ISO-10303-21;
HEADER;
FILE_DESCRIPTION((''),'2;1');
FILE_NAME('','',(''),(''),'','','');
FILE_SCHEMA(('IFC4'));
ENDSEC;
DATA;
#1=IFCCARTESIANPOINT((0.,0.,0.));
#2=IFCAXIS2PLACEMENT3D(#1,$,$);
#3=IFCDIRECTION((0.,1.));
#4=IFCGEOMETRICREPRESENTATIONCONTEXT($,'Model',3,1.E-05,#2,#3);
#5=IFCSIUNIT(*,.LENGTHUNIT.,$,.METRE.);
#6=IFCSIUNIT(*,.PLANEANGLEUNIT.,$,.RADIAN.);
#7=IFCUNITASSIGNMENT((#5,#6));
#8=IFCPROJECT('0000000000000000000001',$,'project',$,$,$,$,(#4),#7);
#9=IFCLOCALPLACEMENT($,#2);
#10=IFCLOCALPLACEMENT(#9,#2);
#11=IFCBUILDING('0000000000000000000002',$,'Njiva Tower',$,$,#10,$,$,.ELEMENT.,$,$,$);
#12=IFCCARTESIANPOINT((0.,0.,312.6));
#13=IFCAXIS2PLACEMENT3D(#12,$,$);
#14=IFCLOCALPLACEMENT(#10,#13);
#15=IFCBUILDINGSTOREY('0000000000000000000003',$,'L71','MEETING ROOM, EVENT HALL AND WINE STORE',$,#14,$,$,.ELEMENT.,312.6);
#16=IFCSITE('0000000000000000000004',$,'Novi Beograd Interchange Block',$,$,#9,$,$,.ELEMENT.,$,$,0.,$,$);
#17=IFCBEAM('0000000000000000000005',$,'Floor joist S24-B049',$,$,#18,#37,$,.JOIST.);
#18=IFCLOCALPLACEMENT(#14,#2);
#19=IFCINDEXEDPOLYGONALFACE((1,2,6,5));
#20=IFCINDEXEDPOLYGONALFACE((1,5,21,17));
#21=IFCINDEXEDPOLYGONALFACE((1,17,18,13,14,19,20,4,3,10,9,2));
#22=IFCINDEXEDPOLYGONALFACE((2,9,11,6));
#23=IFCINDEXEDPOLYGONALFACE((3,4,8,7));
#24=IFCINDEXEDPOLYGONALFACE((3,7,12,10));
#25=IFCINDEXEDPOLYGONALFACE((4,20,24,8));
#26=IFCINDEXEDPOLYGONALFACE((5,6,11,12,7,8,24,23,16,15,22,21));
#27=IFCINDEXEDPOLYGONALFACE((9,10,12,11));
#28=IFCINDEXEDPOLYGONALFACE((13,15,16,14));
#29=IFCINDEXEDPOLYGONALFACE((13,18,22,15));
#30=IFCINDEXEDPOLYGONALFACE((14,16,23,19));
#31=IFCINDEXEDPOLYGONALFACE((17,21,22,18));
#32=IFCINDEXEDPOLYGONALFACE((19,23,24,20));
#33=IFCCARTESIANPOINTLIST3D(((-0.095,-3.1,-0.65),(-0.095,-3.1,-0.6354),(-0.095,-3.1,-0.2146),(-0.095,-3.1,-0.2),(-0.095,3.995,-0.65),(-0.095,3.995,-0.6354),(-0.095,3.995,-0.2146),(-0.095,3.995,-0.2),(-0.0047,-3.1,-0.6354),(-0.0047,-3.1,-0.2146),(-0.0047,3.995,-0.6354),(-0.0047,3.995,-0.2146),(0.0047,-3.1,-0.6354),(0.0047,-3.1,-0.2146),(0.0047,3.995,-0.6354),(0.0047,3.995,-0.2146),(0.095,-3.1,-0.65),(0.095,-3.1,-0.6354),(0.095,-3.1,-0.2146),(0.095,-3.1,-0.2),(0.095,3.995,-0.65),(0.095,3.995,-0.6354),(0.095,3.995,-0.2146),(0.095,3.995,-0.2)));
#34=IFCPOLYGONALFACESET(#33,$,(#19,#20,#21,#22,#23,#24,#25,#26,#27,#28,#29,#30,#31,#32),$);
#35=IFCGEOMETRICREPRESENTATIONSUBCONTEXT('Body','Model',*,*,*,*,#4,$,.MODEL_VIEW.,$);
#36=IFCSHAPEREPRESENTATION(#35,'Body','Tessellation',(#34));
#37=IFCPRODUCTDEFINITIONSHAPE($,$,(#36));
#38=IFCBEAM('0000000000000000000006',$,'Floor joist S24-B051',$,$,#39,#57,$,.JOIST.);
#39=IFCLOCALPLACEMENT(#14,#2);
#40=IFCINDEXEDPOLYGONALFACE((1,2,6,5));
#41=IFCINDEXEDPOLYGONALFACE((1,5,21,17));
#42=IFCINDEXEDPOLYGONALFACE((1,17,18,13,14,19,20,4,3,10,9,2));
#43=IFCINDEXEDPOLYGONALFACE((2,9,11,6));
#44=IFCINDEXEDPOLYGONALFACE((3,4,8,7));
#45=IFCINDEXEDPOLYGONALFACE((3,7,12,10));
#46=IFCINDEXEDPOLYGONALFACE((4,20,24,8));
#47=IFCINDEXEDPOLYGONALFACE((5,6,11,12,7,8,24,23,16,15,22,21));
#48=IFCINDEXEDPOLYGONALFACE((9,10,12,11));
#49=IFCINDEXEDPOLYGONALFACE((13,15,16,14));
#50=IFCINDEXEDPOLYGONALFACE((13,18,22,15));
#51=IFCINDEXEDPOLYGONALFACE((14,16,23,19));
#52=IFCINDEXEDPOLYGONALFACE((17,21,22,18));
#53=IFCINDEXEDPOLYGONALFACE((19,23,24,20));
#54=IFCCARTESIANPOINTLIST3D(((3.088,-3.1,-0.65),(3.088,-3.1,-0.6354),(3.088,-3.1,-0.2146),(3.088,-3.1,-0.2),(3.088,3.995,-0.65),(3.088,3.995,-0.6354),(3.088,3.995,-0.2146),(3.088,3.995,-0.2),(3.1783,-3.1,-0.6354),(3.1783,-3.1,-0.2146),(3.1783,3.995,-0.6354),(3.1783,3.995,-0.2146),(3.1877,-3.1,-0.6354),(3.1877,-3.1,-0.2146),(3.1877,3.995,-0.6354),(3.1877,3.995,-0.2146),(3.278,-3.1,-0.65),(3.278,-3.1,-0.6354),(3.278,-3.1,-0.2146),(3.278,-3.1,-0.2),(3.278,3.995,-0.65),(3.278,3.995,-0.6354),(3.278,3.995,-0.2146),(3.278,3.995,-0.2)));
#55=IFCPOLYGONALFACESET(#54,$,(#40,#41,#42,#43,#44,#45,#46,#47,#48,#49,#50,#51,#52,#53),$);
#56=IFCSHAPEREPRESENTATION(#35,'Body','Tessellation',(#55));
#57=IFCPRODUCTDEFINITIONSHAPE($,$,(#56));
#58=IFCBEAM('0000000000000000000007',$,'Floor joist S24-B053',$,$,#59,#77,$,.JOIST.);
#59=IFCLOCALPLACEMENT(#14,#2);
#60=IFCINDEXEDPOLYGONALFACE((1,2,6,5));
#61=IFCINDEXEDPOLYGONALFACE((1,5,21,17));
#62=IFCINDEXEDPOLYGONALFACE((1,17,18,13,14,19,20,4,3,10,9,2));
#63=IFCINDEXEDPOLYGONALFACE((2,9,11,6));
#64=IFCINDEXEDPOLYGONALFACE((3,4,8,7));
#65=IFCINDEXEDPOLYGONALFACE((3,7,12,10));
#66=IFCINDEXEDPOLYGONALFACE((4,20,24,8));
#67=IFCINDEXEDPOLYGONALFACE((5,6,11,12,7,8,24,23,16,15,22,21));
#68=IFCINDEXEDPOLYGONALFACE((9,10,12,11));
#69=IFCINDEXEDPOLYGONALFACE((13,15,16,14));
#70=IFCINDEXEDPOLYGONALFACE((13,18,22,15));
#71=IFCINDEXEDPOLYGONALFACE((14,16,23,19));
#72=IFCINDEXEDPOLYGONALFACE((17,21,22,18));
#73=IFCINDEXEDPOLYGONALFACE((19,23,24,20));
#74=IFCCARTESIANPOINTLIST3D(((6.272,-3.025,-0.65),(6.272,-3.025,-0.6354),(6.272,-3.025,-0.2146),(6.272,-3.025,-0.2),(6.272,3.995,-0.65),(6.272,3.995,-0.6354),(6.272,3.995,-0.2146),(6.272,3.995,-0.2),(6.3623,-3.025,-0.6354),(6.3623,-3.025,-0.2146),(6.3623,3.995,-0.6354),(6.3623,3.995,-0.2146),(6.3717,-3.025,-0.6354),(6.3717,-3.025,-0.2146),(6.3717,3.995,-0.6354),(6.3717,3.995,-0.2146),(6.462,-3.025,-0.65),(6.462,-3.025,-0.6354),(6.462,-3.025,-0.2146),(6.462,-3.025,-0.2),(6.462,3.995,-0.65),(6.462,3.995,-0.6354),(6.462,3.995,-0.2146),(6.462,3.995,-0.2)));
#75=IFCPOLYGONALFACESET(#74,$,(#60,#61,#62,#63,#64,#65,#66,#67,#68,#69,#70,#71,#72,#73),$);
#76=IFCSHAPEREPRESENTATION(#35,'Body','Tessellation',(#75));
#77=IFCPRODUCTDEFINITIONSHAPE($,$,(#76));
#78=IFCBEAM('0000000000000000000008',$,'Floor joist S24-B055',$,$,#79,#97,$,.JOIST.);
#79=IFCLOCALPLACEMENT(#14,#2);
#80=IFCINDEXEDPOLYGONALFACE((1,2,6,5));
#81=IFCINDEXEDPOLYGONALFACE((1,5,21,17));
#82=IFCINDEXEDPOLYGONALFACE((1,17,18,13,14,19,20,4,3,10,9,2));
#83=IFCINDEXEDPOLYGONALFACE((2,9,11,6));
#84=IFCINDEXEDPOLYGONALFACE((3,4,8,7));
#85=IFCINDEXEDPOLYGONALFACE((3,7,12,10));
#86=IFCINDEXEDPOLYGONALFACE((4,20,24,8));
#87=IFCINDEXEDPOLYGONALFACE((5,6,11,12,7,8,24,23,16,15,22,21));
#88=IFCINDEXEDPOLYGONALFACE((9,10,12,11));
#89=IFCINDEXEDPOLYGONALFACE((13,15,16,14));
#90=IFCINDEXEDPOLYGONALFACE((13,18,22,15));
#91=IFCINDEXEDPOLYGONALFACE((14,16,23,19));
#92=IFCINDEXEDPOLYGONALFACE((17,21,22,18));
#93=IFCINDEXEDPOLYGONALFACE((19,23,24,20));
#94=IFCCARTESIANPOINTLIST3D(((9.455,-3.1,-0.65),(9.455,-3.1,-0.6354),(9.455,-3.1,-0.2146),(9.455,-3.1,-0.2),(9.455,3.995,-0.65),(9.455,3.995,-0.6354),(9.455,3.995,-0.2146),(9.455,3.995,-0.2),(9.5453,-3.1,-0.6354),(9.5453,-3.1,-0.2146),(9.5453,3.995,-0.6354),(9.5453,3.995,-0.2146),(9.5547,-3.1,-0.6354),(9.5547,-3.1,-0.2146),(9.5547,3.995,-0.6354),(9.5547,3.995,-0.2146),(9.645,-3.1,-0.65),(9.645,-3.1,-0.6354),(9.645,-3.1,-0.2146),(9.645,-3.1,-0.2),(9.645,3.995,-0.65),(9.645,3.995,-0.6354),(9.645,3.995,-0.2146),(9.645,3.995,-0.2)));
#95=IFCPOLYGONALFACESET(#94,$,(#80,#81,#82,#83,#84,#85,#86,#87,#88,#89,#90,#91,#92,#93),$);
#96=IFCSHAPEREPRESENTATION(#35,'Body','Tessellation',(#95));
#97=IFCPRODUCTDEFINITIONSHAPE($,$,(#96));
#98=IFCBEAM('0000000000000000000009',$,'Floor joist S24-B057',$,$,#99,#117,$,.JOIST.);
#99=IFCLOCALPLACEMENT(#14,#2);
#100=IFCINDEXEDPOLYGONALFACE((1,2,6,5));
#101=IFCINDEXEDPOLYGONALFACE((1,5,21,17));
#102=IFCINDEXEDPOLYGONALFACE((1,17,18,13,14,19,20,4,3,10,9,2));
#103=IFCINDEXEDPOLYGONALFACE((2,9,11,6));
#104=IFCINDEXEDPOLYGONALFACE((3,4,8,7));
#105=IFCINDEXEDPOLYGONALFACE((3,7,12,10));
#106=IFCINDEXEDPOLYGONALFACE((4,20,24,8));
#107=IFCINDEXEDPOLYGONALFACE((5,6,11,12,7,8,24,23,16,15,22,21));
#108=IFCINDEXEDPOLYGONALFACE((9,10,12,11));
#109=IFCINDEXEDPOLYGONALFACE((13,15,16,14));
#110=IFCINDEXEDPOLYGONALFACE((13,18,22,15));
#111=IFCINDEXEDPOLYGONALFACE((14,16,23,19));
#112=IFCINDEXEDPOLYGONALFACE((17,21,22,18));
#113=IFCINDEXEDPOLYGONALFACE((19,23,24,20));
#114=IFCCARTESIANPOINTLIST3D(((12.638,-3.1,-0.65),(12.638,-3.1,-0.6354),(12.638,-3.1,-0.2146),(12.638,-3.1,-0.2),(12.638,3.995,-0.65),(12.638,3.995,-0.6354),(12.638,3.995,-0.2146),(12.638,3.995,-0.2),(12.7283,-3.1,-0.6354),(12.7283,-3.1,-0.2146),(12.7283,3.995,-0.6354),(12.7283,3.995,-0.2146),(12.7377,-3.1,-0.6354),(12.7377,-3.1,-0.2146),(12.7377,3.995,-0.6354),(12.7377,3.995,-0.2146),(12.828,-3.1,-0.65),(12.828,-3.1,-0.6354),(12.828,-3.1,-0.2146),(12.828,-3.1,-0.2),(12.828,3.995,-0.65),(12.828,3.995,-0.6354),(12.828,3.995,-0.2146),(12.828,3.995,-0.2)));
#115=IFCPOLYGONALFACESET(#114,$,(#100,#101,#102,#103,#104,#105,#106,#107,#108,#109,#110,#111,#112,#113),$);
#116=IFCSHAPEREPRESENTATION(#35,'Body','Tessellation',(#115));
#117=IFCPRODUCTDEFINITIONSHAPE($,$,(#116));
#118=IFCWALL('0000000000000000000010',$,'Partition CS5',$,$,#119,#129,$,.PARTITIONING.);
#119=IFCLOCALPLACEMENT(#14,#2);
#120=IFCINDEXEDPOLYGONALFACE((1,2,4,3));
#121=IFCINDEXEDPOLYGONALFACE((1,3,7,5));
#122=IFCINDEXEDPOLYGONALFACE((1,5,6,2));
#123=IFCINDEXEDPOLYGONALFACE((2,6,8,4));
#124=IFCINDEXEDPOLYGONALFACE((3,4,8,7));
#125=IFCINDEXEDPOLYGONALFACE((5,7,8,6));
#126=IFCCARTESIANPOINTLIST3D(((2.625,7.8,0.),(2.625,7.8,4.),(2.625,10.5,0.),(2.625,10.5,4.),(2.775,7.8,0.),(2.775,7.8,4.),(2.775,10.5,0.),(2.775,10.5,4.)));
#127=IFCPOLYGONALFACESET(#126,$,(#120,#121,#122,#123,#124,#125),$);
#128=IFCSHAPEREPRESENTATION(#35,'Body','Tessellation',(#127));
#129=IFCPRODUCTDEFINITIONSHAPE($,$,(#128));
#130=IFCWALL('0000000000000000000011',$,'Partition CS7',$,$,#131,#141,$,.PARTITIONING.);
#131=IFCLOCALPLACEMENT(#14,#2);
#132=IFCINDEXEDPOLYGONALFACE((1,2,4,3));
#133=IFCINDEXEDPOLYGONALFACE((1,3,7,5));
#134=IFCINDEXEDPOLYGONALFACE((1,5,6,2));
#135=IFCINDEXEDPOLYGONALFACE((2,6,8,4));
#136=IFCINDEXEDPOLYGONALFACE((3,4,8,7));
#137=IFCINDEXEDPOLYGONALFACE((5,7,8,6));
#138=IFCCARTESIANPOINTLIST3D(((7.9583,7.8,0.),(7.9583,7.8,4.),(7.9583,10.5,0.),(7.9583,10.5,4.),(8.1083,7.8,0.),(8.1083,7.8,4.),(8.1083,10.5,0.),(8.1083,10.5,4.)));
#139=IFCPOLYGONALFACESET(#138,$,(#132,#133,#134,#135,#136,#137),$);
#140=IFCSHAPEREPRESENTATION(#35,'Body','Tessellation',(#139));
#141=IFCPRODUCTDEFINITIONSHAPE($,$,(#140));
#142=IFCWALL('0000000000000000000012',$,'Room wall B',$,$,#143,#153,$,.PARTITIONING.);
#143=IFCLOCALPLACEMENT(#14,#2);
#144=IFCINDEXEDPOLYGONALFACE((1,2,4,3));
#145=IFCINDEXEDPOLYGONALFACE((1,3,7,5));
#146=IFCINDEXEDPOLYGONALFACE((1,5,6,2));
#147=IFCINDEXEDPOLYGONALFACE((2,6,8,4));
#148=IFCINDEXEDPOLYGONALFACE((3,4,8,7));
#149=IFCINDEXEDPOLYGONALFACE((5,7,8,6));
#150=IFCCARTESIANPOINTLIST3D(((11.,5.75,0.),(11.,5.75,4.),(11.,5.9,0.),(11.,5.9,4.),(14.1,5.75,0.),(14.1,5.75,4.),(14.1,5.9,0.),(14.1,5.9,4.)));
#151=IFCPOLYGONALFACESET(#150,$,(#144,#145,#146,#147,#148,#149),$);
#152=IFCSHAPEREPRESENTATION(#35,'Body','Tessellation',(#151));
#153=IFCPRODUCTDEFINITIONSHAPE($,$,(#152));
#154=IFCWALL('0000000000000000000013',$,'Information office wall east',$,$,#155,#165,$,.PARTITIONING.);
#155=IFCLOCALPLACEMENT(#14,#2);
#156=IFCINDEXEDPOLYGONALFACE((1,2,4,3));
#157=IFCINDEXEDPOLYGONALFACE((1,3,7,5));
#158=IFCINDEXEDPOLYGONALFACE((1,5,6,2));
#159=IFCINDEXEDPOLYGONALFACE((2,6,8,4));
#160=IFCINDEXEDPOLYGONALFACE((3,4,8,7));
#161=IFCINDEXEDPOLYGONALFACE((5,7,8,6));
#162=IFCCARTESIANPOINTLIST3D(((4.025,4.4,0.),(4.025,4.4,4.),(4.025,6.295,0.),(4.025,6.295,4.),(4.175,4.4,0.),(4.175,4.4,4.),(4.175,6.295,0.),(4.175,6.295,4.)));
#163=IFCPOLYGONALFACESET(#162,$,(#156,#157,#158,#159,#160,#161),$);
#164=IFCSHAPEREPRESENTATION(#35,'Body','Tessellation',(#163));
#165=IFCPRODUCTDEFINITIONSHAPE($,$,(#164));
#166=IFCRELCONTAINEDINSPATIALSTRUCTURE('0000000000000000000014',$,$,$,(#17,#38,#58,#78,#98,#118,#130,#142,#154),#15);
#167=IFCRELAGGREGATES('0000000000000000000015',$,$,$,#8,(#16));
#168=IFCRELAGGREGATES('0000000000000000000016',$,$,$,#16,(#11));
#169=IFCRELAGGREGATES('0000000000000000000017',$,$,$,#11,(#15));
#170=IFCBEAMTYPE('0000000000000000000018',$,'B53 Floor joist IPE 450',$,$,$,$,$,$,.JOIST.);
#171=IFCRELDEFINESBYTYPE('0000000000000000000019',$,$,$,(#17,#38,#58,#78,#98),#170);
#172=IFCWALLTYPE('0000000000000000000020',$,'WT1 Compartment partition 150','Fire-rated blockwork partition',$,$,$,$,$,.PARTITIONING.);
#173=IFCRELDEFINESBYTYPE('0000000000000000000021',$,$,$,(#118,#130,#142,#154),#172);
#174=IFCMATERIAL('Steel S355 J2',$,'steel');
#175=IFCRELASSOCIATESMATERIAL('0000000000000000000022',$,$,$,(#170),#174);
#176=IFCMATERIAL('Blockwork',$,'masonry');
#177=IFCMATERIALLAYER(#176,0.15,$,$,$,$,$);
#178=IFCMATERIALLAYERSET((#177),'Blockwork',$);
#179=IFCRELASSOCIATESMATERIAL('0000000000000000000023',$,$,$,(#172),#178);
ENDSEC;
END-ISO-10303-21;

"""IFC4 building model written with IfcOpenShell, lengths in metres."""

from ifc_helpers import new_model, si_unit, direction, frame, frame_2d, origin, origin_2d, place, context, subcontext, project, spatial, rectangle, i_section, extrude, material, layer, layer_set, material_profile, profile_set, type_object, element, save


model = new_model("IFC4")

# Units and contexts
model_context = context("Model", 3, precision=1e-05, world=origin(), true_north=direction((0.0, 1.0)))
body_context = subcontext(model_context, "Body", "Model", "MODEL_VIEW")
ifc_project = project(units=[si_unit("LENGTHUNIT", "METRE"), si_unit("PLANEANGLEUNIT", "RADIAN")], contexts=[model_context])

# Site, building, storey
site_placement = place(None, origin())
site = spatial("IfcSite", under=ifc_project, at=site_placement, Name="Novi Beograd Interchange Block", CompositionType="ELEMENT", RefElevation=0.0)
building_placement = place(site_placement, origin())
building = spatial("IfcBuilding", under=site, at=building_placement, Name="Njiva Tower", CompositionType="ELEMENT")
storey_placement = place(building_placement, frame((0.0, 0.0, 312.6)))
storey = spatial("IfcBuildingStorey", under=building, at=storey_placement, Name="L71", Description="MEETING ROOM, EVENT HALL AND WINE STORE", CompositionType="ELEMENT", Elevation=312.6)

# Beams
ifc_material_1 = material(Name="Steel S355 J2", Category="steel")
ifc_material_profile = material_profile(ifc_material_1, i_section(OverallWidth=0.19, OverallDepth=0.45, WebThickness=0.0094, FlangeThickness=0.0146, at=origin_2d()), Name="IPE 450")
ifc_profile_set = profile_set([ifc_material_profile], Name="Steel S355 J2")
beam_type = type_object("IfcBeamType", Name="B53 Floor joist IPE 450", PredefinedType="JOIST", material=ifc_profile_set)
for number, where, z_axis, x_axis, name in (
    (1, (0.0, 3.995, -0.425), (0.0, -1.0, 0.0), (1.0, 0.0, 0.0), "Floor joist S24-B049"),
    (2, (3.183, 3.995, -0.425), (0.0, -1.0, 0.0), (1.0, 0.0, 0.0), "Floor joist S24-B051"),
):
    element("IfcBeam", number, at=place(storey_placement, frame(where, z_axis=z_axis, x_axis=x_axis)), inside=storey, type_object=beam_type, Name=name, PredefinedType="JOIST", context=body_context, shape_type="SweptSolid", body=[
        extrude(i_section(OverallWidth=0.19, OverallDepth=0.45, WebThickness=0.0094, FlangeThickness=0.0146, at=origin_2d()), origin(), (0.0, 0.0, 1.0), 7.095),
    ])
beam_placement = place(storey_placement, frame((6.367, 3.995, -0.425), z_axis=(0.0, -1.0, 0.0), x_axis=(1.0, 0.0, 0.0)))
element("IfcBeam", 3, at=beam_placement, inside=storey, type_object=beam_type, Name="Floor joist S24-B053", PredefinedType="JOIST", context=body_context, shape_type="SweptSolid", body=[
    extrude(i_section(OverallWidth=0.19, OverallDepth=0.45, WebThickness=0.0094, FlangeThickness=0.0146, at=origin_2d()), origin(), (0.0, 0.0, 1.0), 7.02),
])
for number, where, z_axis, x_axis, name in (
    (4, (9.55, 3.995, -0.425), (0.0, -1.0, 0.0), (1.0, 0.0, 0.0), "Floor joist S24-B055"),
    (5, (12.733, 3.995, -0.425), (0.0, -1.0, 0.0), (1.0, 0.0, 0.0), "Floor joist S24-B057"),
):
    element("IfcBeam", number, at=place(storey_placement, frame(where, z_axis=z_axis, x_axis=x_axis)), inside=storey, type_object=beam_type, Name=name, PredefinedType="JOIST", context=body_context, shape_type="SweptSolid", body=[
        extrude(i_section(OverallWidth=0.19, OverallDepth=0.45, WebThickness=0.0094, FlangeThickness=0.0146, at=origin_2d()), origin(), (0.0, 0.0, 1.0), 7.095),
    ])

# Walls
ifc_material_2 = material(Name="Blockwork", Category="masonry")
ifc_layer_1 = layer(ifc_material_2, 0.15)
ifc_layer_set_1 = layer_set([ifc_layer_1], Name="Blockwork")
wall_type_1 = type_object("IfcWallType", Name="WT1 Compartment partition 150", Description="Fire-rated blockwork partition", PredefinedType="PARTITIONING", material=ifc_layer_set_1)
for number, where, z_axis, x_axis, name in (
    (6, (2.7, 7.8, 0.0), (0.0, 0.0, 1.0), (0.0, 1.0, 0.0), "Partition CS5"),
    (7, (8.0333, 7.8, 0.0), (0.0, 0.0, 1.0), (0.0, 1.0, 0.0), "Partition CS7"),
):
    element("IfcWall", number, at=place(storey_placement, frame(where, z_axis=z_axis, x_axis=x_axis)), inside=storey, type_object=wall_type_1, Name=name, PredefinedType="PARTITIONING", context=body_context, shape_type="SweptSolid", body=[
        extrude(rectangle(XDim=2.7, YDim=0.15, at=frame_2d((1.35, 0.0))), origin(), (0.0, 0.0, 1.0), 4.0),
    ])
wall_1_placement = place(storey_placement, frame((11.0, 5.825, 0.0), z_axis=(0.0, 0.0, 1.0), x_axis=(1.0, 0.0, 0.0)))
element("IfcWall", 8, at=wall_1_placement, inside=storey, type_object=wall_type_1, Name="Room wall B", PredefinedType="PARTITIONING", context=body_context, shape_type="SweptSolid", body=[
    extrude(rectangle(XDim=3.1, YDim=0.15, at=frame_2d((1.55, 0.0))), origin(), (0.0, 0.0, 1.0), 4.0),
])
wall_2_placement = place(storey_placement, frame((4.1, 4.4, 0.0), z_axis=(0.0, 0.0, 1.0), x_axis=(0.0, 1.0, 0.0)))
element("IfcWall", 9, at=wall_2_placement, inside=storey, type_object=wall_type_1, Name="Information office wall east", PredefinedType="PARTITIONING", context=body_context, shape_type="SweptSolid", body=[
    extrude(rectangle(XDim=1.895, YDim=0.15, at=frame_2d((0.9475, 0.0))), origin(), (0.0, 0.0, 1.0), 4.0),
])

save(model, "model.ifc")
